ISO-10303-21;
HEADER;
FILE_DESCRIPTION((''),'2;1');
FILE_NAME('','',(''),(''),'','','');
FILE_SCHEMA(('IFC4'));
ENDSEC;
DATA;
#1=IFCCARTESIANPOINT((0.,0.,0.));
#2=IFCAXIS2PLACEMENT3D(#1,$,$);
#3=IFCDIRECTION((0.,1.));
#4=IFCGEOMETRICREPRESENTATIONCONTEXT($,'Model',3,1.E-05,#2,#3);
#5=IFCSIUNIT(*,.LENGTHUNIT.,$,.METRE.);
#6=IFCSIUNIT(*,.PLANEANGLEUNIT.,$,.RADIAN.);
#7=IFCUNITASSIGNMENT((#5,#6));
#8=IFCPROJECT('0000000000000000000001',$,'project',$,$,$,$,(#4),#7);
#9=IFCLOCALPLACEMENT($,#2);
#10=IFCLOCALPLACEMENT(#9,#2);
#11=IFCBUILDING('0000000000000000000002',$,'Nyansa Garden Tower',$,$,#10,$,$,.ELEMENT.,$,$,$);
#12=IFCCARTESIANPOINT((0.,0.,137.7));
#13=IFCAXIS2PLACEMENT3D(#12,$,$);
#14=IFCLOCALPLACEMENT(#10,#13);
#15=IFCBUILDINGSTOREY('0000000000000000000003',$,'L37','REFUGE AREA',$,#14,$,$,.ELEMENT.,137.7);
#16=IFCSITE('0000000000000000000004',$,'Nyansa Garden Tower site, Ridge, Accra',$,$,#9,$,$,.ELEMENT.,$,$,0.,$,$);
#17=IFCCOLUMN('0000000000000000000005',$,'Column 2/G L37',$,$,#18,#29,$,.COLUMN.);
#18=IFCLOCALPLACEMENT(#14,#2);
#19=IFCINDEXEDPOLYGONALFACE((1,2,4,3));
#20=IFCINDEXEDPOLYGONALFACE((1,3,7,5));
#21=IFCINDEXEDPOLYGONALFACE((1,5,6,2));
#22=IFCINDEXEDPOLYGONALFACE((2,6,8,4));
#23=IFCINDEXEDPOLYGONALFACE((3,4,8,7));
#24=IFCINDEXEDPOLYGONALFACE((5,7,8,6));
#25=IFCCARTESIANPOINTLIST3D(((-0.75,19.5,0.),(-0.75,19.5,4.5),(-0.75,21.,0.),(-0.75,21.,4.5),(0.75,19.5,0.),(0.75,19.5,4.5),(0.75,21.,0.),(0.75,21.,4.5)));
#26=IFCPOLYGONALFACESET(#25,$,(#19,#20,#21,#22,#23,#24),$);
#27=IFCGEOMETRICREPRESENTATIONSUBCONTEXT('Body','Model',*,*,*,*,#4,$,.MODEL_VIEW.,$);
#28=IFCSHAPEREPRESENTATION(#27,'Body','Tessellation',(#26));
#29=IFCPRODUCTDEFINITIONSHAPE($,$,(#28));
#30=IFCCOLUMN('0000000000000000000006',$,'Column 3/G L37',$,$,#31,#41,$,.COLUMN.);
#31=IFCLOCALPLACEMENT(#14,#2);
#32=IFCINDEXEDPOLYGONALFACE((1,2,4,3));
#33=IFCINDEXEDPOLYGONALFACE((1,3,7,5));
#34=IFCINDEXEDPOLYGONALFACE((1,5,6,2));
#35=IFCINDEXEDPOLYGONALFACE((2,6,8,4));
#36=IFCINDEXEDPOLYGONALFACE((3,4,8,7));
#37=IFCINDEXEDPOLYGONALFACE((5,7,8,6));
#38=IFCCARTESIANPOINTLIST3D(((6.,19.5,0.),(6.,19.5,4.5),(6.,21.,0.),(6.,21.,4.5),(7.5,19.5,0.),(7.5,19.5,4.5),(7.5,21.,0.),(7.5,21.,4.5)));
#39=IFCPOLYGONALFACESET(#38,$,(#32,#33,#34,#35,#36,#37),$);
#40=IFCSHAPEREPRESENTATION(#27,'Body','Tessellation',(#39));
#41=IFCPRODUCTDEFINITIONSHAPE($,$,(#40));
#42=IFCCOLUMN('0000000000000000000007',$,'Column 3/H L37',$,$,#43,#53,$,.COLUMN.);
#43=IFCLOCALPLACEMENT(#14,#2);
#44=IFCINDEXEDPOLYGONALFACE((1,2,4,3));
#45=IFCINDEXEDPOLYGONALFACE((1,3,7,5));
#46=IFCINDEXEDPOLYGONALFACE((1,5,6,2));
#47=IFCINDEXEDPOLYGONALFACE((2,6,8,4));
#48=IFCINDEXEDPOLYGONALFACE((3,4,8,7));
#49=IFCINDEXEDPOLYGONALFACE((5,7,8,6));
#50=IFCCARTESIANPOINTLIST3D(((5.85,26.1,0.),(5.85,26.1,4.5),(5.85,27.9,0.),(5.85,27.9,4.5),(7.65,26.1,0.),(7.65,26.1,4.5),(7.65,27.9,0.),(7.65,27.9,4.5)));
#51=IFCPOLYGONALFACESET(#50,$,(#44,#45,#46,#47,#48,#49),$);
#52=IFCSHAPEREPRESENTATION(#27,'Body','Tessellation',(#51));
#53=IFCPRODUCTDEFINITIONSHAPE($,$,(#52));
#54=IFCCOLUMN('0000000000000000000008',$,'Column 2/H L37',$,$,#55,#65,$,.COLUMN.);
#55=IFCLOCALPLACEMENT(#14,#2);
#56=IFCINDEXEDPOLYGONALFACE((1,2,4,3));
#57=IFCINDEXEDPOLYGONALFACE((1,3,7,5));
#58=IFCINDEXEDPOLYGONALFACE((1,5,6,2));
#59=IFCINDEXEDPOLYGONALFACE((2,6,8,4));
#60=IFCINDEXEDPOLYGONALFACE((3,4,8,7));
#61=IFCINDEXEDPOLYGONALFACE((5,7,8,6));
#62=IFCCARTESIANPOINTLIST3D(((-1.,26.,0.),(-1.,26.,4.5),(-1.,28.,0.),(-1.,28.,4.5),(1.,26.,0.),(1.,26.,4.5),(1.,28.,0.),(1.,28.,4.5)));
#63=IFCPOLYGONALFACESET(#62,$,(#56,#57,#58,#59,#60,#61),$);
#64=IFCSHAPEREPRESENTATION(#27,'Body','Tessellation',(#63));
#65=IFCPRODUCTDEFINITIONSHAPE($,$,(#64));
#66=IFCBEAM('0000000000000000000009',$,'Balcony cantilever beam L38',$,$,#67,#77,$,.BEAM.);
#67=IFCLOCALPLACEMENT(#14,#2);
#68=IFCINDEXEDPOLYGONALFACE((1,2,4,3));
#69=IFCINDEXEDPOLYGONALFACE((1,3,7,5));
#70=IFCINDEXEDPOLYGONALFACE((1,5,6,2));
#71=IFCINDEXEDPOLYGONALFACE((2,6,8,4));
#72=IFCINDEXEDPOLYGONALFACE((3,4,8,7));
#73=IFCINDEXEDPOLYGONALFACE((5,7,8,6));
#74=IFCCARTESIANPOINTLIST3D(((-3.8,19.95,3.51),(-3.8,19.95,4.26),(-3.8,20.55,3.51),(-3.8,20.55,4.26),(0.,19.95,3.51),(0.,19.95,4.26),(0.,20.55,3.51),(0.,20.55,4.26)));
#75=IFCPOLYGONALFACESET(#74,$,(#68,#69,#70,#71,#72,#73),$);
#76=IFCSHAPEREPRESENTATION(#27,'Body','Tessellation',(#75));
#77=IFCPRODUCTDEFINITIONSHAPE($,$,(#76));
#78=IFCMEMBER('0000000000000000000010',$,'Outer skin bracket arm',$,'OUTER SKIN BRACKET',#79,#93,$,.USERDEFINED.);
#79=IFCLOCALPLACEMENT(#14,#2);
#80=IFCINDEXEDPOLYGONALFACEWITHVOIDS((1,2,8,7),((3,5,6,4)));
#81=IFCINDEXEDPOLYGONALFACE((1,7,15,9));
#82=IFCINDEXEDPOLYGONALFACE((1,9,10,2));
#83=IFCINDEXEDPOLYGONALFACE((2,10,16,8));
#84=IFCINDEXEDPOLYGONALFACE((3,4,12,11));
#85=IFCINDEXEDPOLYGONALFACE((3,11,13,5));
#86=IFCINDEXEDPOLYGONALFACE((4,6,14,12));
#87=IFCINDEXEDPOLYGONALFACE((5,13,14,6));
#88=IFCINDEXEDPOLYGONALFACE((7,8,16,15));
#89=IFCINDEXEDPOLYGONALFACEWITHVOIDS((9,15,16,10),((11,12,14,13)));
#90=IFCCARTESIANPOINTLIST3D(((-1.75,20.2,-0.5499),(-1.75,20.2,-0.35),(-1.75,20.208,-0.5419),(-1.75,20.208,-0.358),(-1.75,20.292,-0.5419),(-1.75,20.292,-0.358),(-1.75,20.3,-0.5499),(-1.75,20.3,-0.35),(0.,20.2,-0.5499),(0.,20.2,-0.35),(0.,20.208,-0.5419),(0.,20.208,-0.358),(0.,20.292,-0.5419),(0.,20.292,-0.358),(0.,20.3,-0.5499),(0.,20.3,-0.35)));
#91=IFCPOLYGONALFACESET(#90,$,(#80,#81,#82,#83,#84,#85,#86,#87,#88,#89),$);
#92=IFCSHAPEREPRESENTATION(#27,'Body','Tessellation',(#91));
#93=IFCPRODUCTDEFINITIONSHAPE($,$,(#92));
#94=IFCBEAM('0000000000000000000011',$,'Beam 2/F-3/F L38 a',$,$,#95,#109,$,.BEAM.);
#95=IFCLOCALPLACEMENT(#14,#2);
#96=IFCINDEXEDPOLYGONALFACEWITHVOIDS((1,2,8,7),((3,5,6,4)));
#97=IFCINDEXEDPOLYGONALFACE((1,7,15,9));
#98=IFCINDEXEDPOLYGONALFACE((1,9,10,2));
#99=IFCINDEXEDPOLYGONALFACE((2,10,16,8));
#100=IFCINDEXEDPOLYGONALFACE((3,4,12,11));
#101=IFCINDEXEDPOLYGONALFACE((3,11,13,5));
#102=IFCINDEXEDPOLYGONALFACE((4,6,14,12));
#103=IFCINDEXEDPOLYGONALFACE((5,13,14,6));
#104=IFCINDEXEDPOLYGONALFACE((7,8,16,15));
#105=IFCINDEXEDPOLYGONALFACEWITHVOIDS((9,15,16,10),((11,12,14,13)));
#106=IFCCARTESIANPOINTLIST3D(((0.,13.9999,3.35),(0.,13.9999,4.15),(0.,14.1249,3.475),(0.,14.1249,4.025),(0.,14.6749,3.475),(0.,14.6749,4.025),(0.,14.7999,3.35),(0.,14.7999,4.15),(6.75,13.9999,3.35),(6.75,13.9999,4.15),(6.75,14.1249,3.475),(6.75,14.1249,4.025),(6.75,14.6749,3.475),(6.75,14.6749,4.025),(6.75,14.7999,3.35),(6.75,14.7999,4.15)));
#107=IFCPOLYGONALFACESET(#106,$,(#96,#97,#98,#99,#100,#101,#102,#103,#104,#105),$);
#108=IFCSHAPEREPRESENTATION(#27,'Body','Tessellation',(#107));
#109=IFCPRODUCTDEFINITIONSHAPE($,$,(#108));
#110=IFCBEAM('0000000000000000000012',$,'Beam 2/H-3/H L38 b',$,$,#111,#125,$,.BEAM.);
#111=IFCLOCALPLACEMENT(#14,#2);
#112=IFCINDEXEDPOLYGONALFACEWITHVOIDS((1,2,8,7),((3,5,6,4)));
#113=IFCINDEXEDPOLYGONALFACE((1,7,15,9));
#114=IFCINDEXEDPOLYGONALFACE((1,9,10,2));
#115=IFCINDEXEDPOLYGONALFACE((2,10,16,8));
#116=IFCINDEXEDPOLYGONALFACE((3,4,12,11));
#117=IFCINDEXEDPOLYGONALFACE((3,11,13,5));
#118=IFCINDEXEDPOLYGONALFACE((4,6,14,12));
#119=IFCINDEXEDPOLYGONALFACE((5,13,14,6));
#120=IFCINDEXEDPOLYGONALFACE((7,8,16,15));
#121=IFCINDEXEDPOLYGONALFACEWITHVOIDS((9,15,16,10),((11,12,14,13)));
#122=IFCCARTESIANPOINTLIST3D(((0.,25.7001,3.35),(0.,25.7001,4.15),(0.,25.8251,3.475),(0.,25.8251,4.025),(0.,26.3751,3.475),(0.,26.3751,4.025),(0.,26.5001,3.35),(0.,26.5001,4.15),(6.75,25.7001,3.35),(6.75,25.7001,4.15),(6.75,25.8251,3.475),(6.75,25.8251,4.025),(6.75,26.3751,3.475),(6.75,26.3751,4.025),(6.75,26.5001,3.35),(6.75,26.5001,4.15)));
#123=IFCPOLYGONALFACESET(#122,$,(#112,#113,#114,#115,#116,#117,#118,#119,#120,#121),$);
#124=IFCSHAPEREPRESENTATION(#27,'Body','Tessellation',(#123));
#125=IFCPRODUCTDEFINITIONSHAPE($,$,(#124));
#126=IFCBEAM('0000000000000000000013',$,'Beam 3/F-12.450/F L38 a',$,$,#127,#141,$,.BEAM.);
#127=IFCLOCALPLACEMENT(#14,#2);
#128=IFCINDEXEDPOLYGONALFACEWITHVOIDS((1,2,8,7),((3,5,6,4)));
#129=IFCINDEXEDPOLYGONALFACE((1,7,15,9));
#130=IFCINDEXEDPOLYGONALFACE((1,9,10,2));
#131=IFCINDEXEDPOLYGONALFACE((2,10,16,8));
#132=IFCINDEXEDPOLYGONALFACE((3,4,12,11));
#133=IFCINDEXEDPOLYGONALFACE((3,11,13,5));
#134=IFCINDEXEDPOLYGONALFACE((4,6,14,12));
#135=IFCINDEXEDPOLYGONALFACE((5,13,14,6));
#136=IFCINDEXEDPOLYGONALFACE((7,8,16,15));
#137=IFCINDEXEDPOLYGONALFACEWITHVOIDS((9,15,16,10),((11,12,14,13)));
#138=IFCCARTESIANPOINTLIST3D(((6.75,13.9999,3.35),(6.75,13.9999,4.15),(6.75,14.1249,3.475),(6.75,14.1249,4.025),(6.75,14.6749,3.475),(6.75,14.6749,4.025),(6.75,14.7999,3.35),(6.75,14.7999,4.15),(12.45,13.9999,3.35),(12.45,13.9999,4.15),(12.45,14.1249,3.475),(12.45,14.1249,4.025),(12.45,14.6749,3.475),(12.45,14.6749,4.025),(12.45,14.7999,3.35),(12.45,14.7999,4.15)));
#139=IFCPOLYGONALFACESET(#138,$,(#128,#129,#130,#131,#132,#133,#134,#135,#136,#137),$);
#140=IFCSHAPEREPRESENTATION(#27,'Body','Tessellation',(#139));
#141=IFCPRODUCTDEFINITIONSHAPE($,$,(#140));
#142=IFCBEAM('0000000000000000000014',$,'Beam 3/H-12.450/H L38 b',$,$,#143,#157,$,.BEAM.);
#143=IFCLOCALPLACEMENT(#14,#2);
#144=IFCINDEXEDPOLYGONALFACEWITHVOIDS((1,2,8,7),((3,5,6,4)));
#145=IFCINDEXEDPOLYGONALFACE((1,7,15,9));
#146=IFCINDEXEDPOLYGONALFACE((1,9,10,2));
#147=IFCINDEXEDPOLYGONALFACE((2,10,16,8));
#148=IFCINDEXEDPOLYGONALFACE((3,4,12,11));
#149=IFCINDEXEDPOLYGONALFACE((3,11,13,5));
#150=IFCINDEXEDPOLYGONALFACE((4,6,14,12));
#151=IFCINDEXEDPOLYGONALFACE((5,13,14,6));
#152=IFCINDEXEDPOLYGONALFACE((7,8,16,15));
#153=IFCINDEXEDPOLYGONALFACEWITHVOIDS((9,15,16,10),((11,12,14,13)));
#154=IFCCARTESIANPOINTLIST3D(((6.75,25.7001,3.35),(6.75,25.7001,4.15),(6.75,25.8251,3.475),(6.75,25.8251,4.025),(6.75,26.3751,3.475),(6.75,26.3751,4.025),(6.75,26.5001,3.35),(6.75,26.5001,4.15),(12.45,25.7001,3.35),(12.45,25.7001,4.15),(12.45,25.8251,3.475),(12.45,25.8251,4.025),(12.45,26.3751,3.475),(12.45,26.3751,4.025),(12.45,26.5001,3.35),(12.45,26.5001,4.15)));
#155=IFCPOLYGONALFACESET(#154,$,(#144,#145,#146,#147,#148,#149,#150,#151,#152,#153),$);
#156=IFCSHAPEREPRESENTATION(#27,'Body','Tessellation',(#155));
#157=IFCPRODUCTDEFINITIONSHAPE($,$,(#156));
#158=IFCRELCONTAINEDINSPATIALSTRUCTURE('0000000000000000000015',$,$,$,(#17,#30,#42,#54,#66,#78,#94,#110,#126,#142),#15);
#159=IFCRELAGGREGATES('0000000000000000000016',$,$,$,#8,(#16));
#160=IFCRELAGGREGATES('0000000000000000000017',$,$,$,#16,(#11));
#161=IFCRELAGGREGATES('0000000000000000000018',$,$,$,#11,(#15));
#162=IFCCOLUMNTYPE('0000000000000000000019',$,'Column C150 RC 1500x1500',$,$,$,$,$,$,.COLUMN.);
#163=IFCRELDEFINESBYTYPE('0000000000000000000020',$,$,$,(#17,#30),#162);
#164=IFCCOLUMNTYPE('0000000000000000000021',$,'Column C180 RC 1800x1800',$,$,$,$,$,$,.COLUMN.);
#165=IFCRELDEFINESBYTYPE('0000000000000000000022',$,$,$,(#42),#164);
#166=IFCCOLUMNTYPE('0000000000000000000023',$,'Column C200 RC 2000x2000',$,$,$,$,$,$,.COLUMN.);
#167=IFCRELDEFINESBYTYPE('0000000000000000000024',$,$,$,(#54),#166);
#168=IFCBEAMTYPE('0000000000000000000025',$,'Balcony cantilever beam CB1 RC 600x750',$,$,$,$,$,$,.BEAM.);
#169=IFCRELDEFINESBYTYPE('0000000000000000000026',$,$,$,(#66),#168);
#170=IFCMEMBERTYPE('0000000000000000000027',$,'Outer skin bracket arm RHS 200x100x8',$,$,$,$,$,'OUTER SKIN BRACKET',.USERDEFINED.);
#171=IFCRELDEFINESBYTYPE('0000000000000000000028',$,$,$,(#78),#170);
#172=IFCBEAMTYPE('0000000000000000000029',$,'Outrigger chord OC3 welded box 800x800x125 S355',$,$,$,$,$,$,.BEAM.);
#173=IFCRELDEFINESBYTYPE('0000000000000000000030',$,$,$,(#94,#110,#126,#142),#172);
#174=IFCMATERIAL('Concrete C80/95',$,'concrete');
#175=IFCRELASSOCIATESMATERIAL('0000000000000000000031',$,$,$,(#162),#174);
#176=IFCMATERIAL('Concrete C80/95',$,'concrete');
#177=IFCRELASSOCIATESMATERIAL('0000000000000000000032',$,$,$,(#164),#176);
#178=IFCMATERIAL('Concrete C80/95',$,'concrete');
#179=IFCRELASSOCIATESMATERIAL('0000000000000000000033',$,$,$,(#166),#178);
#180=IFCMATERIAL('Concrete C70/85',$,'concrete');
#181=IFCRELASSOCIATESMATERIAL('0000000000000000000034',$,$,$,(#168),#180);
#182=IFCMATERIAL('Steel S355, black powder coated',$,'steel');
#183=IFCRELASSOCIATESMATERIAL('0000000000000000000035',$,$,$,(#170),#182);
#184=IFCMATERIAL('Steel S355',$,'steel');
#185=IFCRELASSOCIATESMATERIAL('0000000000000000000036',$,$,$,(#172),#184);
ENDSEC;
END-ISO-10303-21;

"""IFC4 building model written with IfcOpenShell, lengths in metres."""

from ifc_helpers import new_model, si_unit, direction, frame, origin, origin_2d, place, context, subcontext, project, spatial, rectangle, hollow_rectangle, extrude, material, material_profile, profile_set, type_object, element, save


model = new_model("IFC4")

# Units and contexts
model_context = context("Model", 3, precision=1e-05, world=origin(), true_north=direction((0.0, 1.0)))
body_context = subcontext(model_context, "Body", "Model", "MODEL_VIEW")
ifc_project = project(units=[si_unit("LENGTHUNIT", "METRE"), si_unit("PLANEANGLEUNIT", "RADIAN")], contexts=[model_context])

# Site, building, storey
site_placement = place(None, origin())
site = spatial("IfcSite", under=ifc_project, at=site_placement, Name="Nyansa Garden Tower site, Ridge, Accra", CompositionType="ELEMENT", RefElevation=0.0)
building_placement = place(site_placement, origin())
building = spatial("IfcBuilding", under=site, at=building_placement, Name="Nyansa Garden Tower", CompositionType="ELEMENT")
storey_placement = place(building_placement, frame((0.0, 0.0, 137.7)))
storey = spatial("IfcBuildingStorey", under=building, at=storey_placement, Name="L37", Description="REFUGE AREA", CompositionType="ELEMENT", Elevation=137.7)

# Columns
ifc_material_1 = material(Name="Concrete C80/95", Category="concrete")
ifc_material_profile_1 = material_profile(ifc_material_1, rectangle(XDim=1.5, YDim=1.5, at=origin_2d()), Name="RC 1500x1500")
ifc_profile_set_1 = profile_set([ifc_material_profile_1], Name="Concrete C80/95")
column_type_1 = type_object("IfcColumnType", Name="Column C150 RC 1500x1500", PredefinedType="COLUMN", material=ifc_profile_set_1)
for number, where, z_axis, x_axis, name in (
    (1, (0.0, 20.25, 0.0), (0.0, 0.0, 1.0), (1.0, 0.0, 0.0), "Column 2/G L37"),
    (2, (6.75, 20.25, 0.0), (0.0, 0.0, 1.0), (1.0, 0.0, 0.0), "Column 3/G L37"),
):
    element("IfcColumn", number, at=place(storey_placement, frame(where, z_axis=z_axis, x_axis=x_axis)), inside=storey, type_object=column_type_1, Name=name, PredefinedType="COLUMN", context=body_context, shape_type="SweptSolid", body=[
        extrude(rectangle(XDim=1.5, YDim=1.5, at=origin_2d()), origin(), (0.0, 0.0, 1.0), 4.5),
    ])
ifc_material_2 = material(Name="Concrete C80/95", Category="concrete")
ifc_material_profile_2 = material_profile(ifc_material_2, rectangle(XDim=1.8, YDim=1.8, at=origin_2d()), Name="RC 1800x1800")
ifc_profile_set_2 = profile_set([ifc_material_profile_2], Name="Concrete C80/95")
column_type_2 = type_object("IfcColumnType", Name="Column C180 RC 1800x1800", PredefinedType="COLUMN", material=ifc_profile_set_2)
column_1_placement = place(storey_placement, frame((6.75, 27.0, 0.0), z_axis=(0.0, 0.0, 1.0), x_axis=(1.0, 0.0, 0.0)))
element("IfcColumn", 3, at=column_1_placement, inside=storey, type_object=column_type_2, Name="Column 3/H L37", PredefinedType="COLUMN", context=body_context, shape_type="SweptSolid", body=[
    extrude(rectangle(XDim=1.8, YDim=1.8, at=origin_2d()), origin(), (0.0, 0.0, 1.0), 4.5),
])
ifc_material_3 = material(Name="Concrete C80/95", Category="concrete")
ifc_material_profile_3 = material_profile(ifc_material_3, rectangle(XDim=2.0, YDim=2.0, at=origin_2d()), Name="RC 2000x2000")
ifc_profile_set_3 = profile_set([ifc_material_profile_3], Name="Concrete C80/95")
column_type_3 = type_object("IfcColumnType", Name="Column C200 RC 2000x2000", PredefinedType="COLUMN", material=ifc_profile_set_3)
column_2_placement = place(storey_placement, frame((0.0, 27.0, 0.0), z_axis=(0.0, 0.0, 1.0), x_axis=(1.0, 0.0, 0.0)))
element("IfcColumn", 4, at=column_2_placement, inside=storey, type_object=column_type_3, Name="Column 2/H L37", PredefinedType="COLUMN", context=body_context, shape_type="SweptSolid", body=[
    extrude(rectangle(XDim=2.0, YDim=2.0, at=origin_2d()), origin(), (0.0, 0.0, 1.0), 4.5),
])

# Beam
ifc_material_4 = material(Name="Concrete C70/85", Category="concrete")
ifc_material_profile_4 = material_profile(ifc_material_4, rectangle(XDim=0.6001, YDim=0.75, at=origin_2d()), Name="RC 600x750")
ifc_profile_set_4 = profile_set([ifc_material_profile_4], Name="Concrete C70/85")
beam_type_1 = type_object("IfcBeamType", Name="Balcony cantilever beam CB1 RC 600x750", PredefinedType="BEAM", material=ifc_profile_set_4)
beam_1_placement = place(storey_placement, frame((0.0, 20.25, 3.885), z_axis=(-1.0, 0.0, 0.0), x_axis=(0.0, -1.0, 0.0)))
element("IfcBeam", 5, at=beam_1_placement, inside=storey, type_object=beam_type_1, Name="Balcony cantilever beam L38", PredefinedType="BEAM", context=body_context, shape_type="SweptSolid", body=[
    extrude(rectangle(XDim=0.6001, YDim=0.75, at=origin_2d()), origin(), (0.0, 0.0, 1.0), 3.8),
])

# Member
ifc_material_5 = material(Name="Steel S355, black powder coated", Category="steel")
ifc_material_profile_5 = material_profile(ifc_material_5, hollow_rectangle(XDim=0.1001, YDim=0.2, WallThickness=0.0081, at=origin_2d()), Name="RHS 200x100x8")
ifc_profile_set_5 = profile_set([ifc_material_profile_5], Name="Steel S355, black powder coated")
member_type_1 = type_object("IfcMemberType", Name="Outer skin bracket arm RHS 200x100x8", ElementType="OUTER SKIN BRACKET", PredefinedType="USERDEFINED", material=ifc_profile_set_5)
member_placement = place(storey_placement, frame((0.0, 20.25, -0.45), z_axis=(-1.0, 0.0, 0.0), x_axis=(0.0, -1.0, 0.0)))
element("IfcMember", 6, at=member_placement, inside=storey, type_object=member_type_1, Name="Outer skin bracket arm", ObjectType="OUTER SKIN BRACKET", PredefinedType="USERDEFINED", context=body_context, shape_type="SweptSolid", body=[
    extrude(hollow_rectangle(XDim=0.1001, YDim=0.2, WallThickness=0.0081, at=origin_2d()), origin(), (0.0, 0.0, 1.0), 1.75),
])

# Beams
ifc_material_6 = material(Name="Steel S355", Category="steel")
ifc_material_profile_6 = material_profile(ifc_material_6, hollow_rectangle(XDim=0.8, YDim=0.8, WallThickness=0.125, at=origin_2d()), Name="Welded box 800x800x125")
ifc_profile_set_6 = profile_set([ifc_material_profile_6], Name="Steel S355")
beam_type_2 = type_object("IfcBeamType", Name="Outrigger chord OC3 welded box 800x800x125 S355", PredefinedType="BEAM", material=ifc_profile_set_6)
for number, where, z_axis, x_axis, name in (
    (7, (0.0, 14.3999, 3.75), (1.0, 0.0, 0.0), (0.0, 1.0, 0.0), "Beam 2/F-3/F L38 a"),
    (8, (0.0, 26.1001, 3.75), (1.0, 0.0, 0.0), (0.0, 1.0, 0.0), "Beam 2/H-3/H L38 b"),
):
    element("IfcBeam", number, at=place(storey_placement, frame(where, z_axis=z_axis, x_axis=x_axis)), inside=storey, type_object=beam_type_2, Name=name, PredefinedType="BEAM", context=body_context, shape_type="SweptSolid", body=[
        extrude(hollow_rectangle(XDim=0.8, YDim=0.8, WallThickness=0.125, at=origin_2d()), origin(), (0.0, 0.0, 1.0), 6.75),
    ])
for number, where, z_axis, x_axis, name in (
    (9, (6.75, 14.3999, 3.75), (1.0, 0.0, 0.0), (0.0, 1.0, 0.0), "Beam 3/F-12.450/F L38 a"),
    (10, (6.75, 26.1001, 3.75), (1.0, 0.0, 0.0), (0.0, 1.0, 0.0), "Beam 3/H-12.450/H L38 b"),
):
    element("IfcBeam", number, at=place(storey_placement, frame(where, z_axis=z_axis, x_axis=x_axis)), inside=storey, type_object=beam_type_2, Name=name, PredefinedType="BEAM", context=body_context, shape_type="SweptSolid", body=[
        extrude(hollow_rectangle(XDim=0.8, YDim=0.8, WallThickness=0.125, at=origin_2d()), origin(), (0.0, 0.0, 1.0), 5.7),
    ])

save(model, "model.ifc")
